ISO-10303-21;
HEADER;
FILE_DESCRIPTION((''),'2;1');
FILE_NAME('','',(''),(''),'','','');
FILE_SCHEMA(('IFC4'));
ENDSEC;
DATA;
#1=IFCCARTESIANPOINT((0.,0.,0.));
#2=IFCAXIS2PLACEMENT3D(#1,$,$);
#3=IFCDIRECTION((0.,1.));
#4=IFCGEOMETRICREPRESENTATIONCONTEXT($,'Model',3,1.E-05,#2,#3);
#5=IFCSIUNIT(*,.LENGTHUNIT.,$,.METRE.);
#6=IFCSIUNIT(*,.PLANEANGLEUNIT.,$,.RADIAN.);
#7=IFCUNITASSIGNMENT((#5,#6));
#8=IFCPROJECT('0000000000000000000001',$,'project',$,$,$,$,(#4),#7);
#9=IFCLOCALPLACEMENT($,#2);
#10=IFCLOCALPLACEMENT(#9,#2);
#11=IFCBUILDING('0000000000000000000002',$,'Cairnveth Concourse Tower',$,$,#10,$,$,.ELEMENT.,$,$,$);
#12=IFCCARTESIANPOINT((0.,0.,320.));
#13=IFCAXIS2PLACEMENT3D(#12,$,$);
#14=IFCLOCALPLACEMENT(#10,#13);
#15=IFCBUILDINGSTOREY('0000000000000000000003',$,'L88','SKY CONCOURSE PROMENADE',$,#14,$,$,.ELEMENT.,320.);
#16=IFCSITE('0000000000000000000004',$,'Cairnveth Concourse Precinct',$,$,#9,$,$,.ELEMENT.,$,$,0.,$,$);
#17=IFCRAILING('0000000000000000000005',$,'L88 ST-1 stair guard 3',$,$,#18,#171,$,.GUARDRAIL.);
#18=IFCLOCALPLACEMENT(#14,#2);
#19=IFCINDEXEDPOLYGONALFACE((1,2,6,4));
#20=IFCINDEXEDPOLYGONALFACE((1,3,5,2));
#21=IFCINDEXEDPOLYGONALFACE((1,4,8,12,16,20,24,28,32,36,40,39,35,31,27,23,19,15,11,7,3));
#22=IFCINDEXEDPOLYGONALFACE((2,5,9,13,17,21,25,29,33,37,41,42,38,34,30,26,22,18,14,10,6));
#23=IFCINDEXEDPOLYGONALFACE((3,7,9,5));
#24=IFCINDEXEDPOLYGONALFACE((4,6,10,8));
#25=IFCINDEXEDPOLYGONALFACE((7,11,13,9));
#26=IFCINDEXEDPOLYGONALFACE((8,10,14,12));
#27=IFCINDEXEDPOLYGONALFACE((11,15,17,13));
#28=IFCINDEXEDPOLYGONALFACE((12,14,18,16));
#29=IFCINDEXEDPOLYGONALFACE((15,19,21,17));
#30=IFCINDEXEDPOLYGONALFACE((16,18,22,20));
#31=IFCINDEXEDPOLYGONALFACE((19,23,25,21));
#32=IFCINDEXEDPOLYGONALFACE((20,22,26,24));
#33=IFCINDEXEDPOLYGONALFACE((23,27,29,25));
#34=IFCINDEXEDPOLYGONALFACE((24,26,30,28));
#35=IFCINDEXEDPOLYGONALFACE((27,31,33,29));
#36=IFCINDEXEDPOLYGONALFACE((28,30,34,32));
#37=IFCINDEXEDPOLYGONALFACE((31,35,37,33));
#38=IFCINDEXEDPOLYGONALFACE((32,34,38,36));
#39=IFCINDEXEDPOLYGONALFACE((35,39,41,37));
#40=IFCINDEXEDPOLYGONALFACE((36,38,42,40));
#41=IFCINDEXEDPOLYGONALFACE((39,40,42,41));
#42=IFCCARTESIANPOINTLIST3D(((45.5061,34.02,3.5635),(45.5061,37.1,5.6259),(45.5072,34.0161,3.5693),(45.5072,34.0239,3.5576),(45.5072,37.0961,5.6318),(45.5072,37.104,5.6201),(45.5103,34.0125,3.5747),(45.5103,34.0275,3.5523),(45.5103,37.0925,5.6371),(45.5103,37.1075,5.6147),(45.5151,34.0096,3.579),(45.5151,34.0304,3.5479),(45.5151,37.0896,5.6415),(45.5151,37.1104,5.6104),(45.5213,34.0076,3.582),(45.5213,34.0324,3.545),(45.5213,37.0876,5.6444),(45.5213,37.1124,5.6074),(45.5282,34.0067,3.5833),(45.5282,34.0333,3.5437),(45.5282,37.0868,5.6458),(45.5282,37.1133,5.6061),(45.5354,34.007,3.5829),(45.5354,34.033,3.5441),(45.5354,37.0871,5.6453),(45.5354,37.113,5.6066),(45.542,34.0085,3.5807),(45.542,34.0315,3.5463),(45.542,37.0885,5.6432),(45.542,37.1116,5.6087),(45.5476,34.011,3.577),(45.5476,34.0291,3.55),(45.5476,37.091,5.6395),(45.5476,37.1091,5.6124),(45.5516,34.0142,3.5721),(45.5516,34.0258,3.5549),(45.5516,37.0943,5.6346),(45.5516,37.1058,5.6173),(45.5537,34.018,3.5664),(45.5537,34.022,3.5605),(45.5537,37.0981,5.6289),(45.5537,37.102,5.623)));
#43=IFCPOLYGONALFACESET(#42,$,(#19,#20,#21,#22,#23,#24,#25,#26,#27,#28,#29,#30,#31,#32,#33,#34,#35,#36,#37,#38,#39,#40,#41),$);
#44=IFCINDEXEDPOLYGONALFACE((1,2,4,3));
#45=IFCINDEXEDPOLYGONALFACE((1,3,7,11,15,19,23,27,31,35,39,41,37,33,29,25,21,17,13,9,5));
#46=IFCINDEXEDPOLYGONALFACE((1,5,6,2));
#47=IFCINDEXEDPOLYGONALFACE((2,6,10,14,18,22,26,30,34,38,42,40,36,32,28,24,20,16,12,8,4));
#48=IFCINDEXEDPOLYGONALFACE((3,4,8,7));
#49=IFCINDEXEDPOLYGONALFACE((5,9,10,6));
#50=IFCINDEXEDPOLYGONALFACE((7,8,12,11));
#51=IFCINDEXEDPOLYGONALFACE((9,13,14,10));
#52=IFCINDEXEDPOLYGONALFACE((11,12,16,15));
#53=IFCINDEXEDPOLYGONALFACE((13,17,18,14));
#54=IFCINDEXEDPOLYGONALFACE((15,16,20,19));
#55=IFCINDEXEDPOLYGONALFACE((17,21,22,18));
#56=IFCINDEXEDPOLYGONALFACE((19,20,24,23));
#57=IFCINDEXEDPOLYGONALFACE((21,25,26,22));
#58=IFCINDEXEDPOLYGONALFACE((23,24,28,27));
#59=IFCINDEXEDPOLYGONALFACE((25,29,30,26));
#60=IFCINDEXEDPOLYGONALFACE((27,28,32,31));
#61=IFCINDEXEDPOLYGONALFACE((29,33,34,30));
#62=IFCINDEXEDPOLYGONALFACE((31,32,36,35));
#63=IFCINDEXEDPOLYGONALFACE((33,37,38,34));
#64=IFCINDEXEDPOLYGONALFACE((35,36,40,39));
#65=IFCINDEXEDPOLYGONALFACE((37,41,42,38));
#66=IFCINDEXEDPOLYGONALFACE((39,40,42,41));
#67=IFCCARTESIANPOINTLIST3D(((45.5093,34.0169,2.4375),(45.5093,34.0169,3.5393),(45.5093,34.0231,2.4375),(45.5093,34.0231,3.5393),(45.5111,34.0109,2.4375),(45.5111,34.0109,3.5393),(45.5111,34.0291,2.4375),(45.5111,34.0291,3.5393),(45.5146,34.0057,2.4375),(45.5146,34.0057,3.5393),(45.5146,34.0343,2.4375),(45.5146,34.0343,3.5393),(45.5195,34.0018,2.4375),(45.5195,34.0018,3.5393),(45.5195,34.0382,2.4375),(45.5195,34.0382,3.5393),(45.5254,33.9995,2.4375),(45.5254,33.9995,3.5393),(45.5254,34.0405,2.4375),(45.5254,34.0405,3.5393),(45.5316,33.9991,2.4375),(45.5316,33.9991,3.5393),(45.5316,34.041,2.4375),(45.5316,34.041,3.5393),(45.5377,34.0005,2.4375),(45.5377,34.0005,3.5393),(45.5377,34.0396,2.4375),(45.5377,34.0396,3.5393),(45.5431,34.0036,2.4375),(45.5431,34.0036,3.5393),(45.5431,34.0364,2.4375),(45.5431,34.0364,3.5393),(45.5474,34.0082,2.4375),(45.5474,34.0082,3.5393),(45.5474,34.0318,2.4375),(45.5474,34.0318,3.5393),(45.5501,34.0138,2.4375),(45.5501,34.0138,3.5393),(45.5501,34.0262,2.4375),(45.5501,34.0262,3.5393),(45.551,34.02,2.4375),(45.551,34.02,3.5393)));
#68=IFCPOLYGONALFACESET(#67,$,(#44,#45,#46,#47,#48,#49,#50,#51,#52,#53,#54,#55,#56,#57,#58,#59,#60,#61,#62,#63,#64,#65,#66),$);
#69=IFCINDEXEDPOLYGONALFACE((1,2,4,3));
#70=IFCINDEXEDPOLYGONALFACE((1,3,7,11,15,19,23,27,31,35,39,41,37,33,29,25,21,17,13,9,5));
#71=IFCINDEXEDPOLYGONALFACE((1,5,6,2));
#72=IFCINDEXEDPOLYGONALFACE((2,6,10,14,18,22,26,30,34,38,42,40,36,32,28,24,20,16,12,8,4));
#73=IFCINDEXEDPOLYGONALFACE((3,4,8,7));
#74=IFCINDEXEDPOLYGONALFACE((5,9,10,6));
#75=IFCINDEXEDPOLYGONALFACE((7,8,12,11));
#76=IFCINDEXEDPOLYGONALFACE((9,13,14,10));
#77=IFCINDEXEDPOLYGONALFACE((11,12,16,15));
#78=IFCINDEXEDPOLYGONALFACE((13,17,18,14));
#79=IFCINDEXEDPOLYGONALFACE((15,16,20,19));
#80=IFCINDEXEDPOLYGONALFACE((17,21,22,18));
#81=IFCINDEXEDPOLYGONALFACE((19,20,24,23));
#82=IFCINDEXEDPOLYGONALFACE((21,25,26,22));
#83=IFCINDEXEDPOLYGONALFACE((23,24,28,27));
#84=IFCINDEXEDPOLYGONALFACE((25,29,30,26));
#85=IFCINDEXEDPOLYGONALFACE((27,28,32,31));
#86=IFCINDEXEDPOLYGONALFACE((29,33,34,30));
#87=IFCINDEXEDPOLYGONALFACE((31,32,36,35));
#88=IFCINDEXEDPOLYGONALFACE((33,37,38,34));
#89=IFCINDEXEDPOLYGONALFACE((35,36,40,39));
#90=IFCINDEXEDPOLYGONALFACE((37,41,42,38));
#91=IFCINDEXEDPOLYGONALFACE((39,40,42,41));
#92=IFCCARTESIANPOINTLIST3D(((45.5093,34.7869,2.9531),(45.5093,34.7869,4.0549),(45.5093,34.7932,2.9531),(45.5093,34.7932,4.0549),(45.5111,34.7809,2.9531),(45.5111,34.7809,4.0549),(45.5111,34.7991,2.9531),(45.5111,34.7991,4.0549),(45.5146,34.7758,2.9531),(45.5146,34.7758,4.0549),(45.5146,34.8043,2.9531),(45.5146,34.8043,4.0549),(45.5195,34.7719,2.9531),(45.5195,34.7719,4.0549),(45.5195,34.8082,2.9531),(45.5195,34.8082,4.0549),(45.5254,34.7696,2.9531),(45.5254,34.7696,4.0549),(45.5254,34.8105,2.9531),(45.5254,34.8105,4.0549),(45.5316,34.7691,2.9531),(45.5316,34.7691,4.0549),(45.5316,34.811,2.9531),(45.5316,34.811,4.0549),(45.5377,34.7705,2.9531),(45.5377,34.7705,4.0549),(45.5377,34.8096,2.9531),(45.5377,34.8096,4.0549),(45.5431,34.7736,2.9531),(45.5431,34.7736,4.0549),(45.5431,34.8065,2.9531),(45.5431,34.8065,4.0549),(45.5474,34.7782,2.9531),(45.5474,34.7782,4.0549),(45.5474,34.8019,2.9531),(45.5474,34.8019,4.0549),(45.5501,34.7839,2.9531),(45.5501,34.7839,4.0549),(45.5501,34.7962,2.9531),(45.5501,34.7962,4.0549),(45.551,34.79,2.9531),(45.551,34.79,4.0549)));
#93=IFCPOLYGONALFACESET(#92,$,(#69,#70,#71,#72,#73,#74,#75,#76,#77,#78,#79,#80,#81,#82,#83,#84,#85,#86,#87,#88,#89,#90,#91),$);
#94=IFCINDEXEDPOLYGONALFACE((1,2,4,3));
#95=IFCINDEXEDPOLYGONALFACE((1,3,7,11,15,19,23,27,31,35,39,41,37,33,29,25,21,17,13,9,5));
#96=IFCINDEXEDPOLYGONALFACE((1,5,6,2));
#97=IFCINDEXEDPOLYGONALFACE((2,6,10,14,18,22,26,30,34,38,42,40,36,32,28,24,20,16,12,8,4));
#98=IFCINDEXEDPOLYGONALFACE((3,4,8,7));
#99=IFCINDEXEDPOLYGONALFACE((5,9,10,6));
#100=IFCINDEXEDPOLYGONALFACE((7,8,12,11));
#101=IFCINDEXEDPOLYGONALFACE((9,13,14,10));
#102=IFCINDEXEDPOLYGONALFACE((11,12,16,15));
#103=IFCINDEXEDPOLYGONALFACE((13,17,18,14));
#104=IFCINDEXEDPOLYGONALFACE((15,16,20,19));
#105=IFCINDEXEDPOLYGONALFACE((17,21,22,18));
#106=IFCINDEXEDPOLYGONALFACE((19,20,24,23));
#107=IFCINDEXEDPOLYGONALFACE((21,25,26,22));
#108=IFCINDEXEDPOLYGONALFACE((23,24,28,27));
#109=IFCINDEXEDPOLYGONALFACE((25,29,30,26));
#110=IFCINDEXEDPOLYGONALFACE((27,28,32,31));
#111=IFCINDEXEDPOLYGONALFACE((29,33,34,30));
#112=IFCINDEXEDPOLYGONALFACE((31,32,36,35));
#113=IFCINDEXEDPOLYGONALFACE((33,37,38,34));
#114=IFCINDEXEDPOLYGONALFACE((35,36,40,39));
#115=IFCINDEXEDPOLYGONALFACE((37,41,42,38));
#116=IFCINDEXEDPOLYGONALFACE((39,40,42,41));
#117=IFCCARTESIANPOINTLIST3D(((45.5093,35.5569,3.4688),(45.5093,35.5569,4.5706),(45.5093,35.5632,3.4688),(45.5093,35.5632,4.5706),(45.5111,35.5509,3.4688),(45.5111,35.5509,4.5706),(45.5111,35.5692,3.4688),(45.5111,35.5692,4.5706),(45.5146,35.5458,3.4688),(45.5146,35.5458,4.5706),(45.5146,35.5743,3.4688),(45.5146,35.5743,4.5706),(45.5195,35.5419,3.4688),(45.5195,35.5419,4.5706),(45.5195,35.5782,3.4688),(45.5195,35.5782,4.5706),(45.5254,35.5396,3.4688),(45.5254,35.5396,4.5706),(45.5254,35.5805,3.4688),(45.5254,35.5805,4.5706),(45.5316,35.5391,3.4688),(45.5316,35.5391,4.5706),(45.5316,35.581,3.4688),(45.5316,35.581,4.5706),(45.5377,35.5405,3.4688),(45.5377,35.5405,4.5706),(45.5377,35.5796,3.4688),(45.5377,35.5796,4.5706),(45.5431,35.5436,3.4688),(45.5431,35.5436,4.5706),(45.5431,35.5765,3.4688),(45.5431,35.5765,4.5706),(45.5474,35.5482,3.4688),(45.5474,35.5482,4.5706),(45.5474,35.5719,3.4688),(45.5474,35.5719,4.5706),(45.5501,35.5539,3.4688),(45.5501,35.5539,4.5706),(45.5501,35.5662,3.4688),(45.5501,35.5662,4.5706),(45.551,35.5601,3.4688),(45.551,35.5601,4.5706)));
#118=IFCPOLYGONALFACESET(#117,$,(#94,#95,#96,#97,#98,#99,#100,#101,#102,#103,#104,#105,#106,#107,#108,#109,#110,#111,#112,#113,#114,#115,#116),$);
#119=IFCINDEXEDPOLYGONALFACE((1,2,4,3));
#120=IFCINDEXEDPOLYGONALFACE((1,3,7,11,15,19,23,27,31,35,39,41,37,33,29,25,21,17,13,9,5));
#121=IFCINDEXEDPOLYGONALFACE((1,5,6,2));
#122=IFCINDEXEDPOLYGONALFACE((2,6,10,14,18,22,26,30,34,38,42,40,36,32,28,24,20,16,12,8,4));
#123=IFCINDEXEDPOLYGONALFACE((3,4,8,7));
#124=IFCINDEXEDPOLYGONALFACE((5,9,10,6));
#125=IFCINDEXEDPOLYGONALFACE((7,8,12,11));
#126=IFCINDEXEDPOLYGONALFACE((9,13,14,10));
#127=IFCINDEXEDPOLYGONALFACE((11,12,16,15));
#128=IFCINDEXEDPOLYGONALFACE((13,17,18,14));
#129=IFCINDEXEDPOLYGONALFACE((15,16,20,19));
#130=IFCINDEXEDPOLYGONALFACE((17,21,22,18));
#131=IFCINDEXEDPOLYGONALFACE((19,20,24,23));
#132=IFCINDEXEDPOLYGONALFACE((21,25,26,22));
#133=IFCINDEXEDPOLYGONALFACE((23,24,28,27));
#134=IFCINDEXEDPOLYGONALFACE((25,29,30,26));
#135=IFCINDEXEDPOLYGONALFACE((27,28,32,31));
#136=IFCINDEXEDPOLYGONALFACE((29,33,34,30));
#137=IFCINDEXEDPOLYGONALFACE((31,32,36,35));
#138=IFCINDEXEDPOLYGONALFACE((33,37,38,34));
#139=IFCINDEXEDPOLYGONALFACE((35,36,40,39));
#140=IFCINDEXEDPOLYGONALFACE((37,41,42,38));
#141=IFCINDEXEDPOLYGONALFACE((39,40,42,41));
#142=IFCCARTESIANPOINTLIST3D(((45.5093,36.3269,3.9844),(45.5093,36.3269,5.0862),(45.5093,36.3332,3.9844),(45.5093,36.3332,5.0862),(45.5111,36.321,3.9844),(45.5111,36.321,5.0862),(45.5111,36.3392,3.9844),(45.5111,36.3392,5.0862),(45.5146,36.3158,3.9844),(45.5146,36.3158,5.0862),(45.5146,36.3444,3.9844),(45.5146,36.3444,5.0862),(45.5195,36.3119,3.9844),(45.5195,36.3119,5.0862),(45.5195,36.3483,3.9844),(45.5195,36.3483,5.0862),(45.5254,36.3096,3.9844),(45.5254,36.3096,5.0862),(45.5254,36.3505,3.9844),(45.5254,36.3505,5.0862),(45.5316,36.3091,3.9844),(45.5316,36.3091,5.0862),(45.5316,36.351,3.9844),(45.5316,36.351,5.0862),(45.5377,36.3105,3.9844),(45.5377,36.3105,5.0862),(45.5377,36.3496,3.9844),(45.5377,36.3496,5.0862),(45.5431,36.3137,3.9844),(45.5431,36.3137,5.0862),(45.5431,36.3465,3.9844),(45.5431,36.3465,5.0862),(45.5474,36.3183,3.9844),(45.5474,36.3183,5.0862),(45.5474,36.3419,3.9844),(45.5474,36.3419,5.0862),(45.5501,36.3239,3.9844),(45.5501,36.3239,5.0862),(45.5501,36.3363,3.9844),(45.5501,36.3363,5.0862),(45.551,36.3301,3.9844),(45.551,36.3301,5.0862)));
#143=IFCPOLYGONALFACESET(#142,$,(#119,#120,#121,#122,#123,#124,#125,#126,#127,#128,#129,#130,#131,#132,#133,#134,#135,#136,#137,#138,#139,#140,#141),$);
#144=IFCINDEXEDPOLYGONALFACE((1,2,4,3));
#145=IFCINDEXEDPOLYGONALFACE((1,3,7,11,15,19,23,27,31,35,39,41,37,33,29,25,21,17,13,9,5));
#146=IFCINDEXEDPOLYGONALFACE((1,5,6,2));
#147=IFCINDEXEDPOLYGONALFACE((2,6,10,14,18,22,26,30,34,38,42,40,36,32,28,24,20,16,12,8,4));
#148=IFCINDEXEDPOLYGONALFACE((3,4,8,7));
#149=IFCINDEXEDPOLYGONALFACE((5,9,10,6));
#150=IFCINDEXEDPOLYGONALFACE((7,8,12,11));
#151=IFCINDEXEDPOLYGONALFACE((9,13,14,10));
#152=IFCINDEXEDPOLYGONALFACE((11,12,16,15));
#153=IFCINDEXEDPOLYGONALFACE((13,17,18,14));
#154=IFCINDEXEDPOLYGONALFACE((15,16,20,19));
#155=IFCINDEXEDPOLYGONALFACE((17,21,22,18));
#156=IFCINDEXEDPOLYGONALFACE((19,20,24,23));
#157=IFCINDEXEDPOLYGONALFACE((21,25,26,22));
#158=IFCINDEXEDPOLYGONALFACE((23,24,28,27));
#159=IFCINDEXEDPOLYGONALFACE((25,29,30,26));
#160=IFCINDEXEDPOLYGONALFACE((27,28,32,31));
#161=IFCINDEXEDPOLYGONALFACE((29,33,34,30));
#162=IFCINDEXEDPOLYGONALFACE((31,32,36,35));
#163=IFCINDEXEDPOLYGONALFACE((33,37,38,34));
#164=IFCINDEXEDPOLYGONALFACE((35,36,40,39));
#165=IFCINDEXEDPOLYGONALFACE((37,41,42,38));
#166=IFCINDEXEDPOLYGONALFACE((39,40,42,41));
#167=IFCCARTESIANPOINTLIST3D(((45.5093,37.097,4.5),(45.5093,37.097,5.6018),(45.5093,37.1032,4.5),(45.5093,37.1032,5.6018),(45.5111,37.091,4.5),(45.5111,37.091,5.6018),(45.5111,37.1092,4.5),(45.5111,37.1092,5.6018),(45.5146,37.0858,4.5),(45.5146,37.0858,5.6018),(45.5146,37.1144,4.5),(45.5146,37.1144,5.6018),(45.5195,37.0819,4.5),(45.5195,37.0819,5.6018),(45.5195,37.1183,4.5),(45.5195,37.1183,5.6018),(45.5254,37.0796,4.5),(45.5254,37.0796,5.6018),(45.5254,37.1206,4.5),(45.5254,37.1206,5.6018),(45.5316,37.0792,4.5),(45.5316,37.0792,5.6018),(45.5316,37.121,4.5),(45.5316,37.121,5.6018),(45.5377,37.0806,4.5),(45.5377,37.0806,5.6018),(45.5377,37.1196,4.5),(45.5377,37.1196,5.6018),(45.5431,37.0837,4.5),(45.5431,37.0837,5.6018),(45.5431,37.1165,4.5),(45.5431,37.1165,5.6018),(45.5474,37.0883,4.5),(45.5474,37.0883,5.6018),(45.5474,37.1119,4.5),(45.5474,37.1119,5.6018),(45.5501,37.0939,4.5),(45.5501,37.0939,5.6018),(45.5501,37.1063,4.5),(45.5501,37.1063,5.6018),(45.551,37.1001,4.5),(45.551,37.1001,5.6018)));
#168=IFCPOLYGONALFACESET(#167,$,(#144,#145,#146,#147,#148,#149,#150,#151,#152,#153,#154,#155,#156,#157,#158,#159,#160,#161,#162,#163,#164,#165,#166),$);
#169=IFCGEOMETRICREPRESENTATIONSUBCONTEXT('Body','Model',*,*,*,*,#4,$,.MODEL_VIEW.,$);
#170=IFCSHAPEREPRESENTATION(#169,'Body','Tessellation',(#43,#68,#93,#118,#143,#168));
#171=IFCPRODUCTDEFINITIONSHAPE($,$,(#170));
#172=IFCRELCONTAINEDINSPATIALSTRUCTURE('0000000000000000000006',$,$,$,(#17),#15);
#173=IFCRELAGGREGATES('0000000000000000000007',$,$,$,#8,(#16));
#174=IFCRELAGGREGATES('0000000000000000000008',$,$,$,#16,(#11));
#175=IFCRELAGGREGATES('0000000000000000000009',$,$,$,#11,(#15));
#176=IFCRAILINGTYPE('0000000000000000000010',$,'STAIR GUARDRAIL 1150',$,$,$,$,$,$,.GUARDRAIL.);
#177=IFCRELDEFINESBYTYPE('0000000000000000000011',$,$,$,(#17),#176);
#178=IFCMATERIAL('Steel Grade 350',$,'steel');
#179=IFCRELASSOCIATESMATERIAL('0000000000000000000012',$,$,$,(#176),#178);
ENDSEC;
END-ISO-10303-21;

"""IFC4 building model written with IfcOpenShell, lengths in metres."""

from ifc_helpers import new_model, si_unit, direction, frame, origin, origin_2d, place, context, subcontext, project, spatial, circle, extrude, material, type_object, element, save


model = new_model("IFC4")

# Units and contexts
model_context = context("Model", 3, precision=1e-05, world=origin(), true_north=direction((0.0, 1.0)))
body_context = subcontext(model_context, "Body", "Model", "MODEL_VIEW")
ifc_project = project(units=[si_unit("LENGTHUNIT", "METRE"), si_unit("PLANEANGLEUNIT", "RADIAN")], contexts=[model_context])

# Site, building, storey
site_placement = place(None, origin())
site = spatial("IfcSite", under=ifc_project, at=site_placement, Name="Cairnveth Concourse Precinct", CompositionType="ELEMENT", RefElevation=0.0)
building_placement = place(site_placement, origin())
building = spatial("IfcBuilding", under=site, at=building_placement, Name="Cairnveth Concourse Tower", CompositionType="ELEMENT")
storey_placement = place(building_placement, frame((0.0, 0.0, 320.0)))
storey = spatial("IfcBuildingStorey", under=building, at=storey_placement, Name="L88", Description="SKY CONCOURSE PROMENADE", CompositionType="ELEMENT", Elevation=320.0)

# Shared definitions
ifc_material_1 = material(Name="Steel Grade 350", Category="steel")

# Railing
railing_type_1 = type_object("IfcRailingType", Name="STAIR GUARDRAIL 1150", PredefinedType="GUARDRAIL", material=ifc_material_1)
railing_1_placement = place(storey_placement, frame((45.53, 34.02, 2.4375)))
element("IfcRailing", 1, at=railing_1_placement, inside=storey, type_object=railing_type_1, Name="L88 ST-1 stair guard 3", PredefinedType="GUARDRAIL", context=body_context, shape_type="SweptSolid", body=[
    extrude(circle(Radius=0.0239, at=origin_2d()), frame((0.0, 0.0, 1.126), z_axis=(0.0, 0.830914, 0.556401), x_axis=(-1.0, 0.0, 0.0)), (0.0, 0.0, 1.0), 3.7068),
    extrude(circle(Radius=0.021, at=origin_2d()), origin(), (0.0, 0.0, 1.0), 1.1018),
    extrude(circle(Radius=0.021, at=origin_2d()), frame((0.0, 0.77, 0.5156)), (0.0, 0.0, 1.0), 1.1018),
    extrude(circle(Radius=0.021, at=origin_2d()), frame((0.0, 1.54, 1.0312)), (0.0, 0.0, 1.0), 1.1018),
    extrude(circle(Radius=0.021, at=origin_2d()), frame((0.0, 2.3101, 1.5469)), (0.0, 0.0, 1.0), 1.1018),
    extrude(circle(Radius=0.021, at=origin_2d()), frame((0.0, 3.0801, 2.0625)), (0.0, 0.0, 1.0), 1.1018),
])

save(model, "model.ifc")
